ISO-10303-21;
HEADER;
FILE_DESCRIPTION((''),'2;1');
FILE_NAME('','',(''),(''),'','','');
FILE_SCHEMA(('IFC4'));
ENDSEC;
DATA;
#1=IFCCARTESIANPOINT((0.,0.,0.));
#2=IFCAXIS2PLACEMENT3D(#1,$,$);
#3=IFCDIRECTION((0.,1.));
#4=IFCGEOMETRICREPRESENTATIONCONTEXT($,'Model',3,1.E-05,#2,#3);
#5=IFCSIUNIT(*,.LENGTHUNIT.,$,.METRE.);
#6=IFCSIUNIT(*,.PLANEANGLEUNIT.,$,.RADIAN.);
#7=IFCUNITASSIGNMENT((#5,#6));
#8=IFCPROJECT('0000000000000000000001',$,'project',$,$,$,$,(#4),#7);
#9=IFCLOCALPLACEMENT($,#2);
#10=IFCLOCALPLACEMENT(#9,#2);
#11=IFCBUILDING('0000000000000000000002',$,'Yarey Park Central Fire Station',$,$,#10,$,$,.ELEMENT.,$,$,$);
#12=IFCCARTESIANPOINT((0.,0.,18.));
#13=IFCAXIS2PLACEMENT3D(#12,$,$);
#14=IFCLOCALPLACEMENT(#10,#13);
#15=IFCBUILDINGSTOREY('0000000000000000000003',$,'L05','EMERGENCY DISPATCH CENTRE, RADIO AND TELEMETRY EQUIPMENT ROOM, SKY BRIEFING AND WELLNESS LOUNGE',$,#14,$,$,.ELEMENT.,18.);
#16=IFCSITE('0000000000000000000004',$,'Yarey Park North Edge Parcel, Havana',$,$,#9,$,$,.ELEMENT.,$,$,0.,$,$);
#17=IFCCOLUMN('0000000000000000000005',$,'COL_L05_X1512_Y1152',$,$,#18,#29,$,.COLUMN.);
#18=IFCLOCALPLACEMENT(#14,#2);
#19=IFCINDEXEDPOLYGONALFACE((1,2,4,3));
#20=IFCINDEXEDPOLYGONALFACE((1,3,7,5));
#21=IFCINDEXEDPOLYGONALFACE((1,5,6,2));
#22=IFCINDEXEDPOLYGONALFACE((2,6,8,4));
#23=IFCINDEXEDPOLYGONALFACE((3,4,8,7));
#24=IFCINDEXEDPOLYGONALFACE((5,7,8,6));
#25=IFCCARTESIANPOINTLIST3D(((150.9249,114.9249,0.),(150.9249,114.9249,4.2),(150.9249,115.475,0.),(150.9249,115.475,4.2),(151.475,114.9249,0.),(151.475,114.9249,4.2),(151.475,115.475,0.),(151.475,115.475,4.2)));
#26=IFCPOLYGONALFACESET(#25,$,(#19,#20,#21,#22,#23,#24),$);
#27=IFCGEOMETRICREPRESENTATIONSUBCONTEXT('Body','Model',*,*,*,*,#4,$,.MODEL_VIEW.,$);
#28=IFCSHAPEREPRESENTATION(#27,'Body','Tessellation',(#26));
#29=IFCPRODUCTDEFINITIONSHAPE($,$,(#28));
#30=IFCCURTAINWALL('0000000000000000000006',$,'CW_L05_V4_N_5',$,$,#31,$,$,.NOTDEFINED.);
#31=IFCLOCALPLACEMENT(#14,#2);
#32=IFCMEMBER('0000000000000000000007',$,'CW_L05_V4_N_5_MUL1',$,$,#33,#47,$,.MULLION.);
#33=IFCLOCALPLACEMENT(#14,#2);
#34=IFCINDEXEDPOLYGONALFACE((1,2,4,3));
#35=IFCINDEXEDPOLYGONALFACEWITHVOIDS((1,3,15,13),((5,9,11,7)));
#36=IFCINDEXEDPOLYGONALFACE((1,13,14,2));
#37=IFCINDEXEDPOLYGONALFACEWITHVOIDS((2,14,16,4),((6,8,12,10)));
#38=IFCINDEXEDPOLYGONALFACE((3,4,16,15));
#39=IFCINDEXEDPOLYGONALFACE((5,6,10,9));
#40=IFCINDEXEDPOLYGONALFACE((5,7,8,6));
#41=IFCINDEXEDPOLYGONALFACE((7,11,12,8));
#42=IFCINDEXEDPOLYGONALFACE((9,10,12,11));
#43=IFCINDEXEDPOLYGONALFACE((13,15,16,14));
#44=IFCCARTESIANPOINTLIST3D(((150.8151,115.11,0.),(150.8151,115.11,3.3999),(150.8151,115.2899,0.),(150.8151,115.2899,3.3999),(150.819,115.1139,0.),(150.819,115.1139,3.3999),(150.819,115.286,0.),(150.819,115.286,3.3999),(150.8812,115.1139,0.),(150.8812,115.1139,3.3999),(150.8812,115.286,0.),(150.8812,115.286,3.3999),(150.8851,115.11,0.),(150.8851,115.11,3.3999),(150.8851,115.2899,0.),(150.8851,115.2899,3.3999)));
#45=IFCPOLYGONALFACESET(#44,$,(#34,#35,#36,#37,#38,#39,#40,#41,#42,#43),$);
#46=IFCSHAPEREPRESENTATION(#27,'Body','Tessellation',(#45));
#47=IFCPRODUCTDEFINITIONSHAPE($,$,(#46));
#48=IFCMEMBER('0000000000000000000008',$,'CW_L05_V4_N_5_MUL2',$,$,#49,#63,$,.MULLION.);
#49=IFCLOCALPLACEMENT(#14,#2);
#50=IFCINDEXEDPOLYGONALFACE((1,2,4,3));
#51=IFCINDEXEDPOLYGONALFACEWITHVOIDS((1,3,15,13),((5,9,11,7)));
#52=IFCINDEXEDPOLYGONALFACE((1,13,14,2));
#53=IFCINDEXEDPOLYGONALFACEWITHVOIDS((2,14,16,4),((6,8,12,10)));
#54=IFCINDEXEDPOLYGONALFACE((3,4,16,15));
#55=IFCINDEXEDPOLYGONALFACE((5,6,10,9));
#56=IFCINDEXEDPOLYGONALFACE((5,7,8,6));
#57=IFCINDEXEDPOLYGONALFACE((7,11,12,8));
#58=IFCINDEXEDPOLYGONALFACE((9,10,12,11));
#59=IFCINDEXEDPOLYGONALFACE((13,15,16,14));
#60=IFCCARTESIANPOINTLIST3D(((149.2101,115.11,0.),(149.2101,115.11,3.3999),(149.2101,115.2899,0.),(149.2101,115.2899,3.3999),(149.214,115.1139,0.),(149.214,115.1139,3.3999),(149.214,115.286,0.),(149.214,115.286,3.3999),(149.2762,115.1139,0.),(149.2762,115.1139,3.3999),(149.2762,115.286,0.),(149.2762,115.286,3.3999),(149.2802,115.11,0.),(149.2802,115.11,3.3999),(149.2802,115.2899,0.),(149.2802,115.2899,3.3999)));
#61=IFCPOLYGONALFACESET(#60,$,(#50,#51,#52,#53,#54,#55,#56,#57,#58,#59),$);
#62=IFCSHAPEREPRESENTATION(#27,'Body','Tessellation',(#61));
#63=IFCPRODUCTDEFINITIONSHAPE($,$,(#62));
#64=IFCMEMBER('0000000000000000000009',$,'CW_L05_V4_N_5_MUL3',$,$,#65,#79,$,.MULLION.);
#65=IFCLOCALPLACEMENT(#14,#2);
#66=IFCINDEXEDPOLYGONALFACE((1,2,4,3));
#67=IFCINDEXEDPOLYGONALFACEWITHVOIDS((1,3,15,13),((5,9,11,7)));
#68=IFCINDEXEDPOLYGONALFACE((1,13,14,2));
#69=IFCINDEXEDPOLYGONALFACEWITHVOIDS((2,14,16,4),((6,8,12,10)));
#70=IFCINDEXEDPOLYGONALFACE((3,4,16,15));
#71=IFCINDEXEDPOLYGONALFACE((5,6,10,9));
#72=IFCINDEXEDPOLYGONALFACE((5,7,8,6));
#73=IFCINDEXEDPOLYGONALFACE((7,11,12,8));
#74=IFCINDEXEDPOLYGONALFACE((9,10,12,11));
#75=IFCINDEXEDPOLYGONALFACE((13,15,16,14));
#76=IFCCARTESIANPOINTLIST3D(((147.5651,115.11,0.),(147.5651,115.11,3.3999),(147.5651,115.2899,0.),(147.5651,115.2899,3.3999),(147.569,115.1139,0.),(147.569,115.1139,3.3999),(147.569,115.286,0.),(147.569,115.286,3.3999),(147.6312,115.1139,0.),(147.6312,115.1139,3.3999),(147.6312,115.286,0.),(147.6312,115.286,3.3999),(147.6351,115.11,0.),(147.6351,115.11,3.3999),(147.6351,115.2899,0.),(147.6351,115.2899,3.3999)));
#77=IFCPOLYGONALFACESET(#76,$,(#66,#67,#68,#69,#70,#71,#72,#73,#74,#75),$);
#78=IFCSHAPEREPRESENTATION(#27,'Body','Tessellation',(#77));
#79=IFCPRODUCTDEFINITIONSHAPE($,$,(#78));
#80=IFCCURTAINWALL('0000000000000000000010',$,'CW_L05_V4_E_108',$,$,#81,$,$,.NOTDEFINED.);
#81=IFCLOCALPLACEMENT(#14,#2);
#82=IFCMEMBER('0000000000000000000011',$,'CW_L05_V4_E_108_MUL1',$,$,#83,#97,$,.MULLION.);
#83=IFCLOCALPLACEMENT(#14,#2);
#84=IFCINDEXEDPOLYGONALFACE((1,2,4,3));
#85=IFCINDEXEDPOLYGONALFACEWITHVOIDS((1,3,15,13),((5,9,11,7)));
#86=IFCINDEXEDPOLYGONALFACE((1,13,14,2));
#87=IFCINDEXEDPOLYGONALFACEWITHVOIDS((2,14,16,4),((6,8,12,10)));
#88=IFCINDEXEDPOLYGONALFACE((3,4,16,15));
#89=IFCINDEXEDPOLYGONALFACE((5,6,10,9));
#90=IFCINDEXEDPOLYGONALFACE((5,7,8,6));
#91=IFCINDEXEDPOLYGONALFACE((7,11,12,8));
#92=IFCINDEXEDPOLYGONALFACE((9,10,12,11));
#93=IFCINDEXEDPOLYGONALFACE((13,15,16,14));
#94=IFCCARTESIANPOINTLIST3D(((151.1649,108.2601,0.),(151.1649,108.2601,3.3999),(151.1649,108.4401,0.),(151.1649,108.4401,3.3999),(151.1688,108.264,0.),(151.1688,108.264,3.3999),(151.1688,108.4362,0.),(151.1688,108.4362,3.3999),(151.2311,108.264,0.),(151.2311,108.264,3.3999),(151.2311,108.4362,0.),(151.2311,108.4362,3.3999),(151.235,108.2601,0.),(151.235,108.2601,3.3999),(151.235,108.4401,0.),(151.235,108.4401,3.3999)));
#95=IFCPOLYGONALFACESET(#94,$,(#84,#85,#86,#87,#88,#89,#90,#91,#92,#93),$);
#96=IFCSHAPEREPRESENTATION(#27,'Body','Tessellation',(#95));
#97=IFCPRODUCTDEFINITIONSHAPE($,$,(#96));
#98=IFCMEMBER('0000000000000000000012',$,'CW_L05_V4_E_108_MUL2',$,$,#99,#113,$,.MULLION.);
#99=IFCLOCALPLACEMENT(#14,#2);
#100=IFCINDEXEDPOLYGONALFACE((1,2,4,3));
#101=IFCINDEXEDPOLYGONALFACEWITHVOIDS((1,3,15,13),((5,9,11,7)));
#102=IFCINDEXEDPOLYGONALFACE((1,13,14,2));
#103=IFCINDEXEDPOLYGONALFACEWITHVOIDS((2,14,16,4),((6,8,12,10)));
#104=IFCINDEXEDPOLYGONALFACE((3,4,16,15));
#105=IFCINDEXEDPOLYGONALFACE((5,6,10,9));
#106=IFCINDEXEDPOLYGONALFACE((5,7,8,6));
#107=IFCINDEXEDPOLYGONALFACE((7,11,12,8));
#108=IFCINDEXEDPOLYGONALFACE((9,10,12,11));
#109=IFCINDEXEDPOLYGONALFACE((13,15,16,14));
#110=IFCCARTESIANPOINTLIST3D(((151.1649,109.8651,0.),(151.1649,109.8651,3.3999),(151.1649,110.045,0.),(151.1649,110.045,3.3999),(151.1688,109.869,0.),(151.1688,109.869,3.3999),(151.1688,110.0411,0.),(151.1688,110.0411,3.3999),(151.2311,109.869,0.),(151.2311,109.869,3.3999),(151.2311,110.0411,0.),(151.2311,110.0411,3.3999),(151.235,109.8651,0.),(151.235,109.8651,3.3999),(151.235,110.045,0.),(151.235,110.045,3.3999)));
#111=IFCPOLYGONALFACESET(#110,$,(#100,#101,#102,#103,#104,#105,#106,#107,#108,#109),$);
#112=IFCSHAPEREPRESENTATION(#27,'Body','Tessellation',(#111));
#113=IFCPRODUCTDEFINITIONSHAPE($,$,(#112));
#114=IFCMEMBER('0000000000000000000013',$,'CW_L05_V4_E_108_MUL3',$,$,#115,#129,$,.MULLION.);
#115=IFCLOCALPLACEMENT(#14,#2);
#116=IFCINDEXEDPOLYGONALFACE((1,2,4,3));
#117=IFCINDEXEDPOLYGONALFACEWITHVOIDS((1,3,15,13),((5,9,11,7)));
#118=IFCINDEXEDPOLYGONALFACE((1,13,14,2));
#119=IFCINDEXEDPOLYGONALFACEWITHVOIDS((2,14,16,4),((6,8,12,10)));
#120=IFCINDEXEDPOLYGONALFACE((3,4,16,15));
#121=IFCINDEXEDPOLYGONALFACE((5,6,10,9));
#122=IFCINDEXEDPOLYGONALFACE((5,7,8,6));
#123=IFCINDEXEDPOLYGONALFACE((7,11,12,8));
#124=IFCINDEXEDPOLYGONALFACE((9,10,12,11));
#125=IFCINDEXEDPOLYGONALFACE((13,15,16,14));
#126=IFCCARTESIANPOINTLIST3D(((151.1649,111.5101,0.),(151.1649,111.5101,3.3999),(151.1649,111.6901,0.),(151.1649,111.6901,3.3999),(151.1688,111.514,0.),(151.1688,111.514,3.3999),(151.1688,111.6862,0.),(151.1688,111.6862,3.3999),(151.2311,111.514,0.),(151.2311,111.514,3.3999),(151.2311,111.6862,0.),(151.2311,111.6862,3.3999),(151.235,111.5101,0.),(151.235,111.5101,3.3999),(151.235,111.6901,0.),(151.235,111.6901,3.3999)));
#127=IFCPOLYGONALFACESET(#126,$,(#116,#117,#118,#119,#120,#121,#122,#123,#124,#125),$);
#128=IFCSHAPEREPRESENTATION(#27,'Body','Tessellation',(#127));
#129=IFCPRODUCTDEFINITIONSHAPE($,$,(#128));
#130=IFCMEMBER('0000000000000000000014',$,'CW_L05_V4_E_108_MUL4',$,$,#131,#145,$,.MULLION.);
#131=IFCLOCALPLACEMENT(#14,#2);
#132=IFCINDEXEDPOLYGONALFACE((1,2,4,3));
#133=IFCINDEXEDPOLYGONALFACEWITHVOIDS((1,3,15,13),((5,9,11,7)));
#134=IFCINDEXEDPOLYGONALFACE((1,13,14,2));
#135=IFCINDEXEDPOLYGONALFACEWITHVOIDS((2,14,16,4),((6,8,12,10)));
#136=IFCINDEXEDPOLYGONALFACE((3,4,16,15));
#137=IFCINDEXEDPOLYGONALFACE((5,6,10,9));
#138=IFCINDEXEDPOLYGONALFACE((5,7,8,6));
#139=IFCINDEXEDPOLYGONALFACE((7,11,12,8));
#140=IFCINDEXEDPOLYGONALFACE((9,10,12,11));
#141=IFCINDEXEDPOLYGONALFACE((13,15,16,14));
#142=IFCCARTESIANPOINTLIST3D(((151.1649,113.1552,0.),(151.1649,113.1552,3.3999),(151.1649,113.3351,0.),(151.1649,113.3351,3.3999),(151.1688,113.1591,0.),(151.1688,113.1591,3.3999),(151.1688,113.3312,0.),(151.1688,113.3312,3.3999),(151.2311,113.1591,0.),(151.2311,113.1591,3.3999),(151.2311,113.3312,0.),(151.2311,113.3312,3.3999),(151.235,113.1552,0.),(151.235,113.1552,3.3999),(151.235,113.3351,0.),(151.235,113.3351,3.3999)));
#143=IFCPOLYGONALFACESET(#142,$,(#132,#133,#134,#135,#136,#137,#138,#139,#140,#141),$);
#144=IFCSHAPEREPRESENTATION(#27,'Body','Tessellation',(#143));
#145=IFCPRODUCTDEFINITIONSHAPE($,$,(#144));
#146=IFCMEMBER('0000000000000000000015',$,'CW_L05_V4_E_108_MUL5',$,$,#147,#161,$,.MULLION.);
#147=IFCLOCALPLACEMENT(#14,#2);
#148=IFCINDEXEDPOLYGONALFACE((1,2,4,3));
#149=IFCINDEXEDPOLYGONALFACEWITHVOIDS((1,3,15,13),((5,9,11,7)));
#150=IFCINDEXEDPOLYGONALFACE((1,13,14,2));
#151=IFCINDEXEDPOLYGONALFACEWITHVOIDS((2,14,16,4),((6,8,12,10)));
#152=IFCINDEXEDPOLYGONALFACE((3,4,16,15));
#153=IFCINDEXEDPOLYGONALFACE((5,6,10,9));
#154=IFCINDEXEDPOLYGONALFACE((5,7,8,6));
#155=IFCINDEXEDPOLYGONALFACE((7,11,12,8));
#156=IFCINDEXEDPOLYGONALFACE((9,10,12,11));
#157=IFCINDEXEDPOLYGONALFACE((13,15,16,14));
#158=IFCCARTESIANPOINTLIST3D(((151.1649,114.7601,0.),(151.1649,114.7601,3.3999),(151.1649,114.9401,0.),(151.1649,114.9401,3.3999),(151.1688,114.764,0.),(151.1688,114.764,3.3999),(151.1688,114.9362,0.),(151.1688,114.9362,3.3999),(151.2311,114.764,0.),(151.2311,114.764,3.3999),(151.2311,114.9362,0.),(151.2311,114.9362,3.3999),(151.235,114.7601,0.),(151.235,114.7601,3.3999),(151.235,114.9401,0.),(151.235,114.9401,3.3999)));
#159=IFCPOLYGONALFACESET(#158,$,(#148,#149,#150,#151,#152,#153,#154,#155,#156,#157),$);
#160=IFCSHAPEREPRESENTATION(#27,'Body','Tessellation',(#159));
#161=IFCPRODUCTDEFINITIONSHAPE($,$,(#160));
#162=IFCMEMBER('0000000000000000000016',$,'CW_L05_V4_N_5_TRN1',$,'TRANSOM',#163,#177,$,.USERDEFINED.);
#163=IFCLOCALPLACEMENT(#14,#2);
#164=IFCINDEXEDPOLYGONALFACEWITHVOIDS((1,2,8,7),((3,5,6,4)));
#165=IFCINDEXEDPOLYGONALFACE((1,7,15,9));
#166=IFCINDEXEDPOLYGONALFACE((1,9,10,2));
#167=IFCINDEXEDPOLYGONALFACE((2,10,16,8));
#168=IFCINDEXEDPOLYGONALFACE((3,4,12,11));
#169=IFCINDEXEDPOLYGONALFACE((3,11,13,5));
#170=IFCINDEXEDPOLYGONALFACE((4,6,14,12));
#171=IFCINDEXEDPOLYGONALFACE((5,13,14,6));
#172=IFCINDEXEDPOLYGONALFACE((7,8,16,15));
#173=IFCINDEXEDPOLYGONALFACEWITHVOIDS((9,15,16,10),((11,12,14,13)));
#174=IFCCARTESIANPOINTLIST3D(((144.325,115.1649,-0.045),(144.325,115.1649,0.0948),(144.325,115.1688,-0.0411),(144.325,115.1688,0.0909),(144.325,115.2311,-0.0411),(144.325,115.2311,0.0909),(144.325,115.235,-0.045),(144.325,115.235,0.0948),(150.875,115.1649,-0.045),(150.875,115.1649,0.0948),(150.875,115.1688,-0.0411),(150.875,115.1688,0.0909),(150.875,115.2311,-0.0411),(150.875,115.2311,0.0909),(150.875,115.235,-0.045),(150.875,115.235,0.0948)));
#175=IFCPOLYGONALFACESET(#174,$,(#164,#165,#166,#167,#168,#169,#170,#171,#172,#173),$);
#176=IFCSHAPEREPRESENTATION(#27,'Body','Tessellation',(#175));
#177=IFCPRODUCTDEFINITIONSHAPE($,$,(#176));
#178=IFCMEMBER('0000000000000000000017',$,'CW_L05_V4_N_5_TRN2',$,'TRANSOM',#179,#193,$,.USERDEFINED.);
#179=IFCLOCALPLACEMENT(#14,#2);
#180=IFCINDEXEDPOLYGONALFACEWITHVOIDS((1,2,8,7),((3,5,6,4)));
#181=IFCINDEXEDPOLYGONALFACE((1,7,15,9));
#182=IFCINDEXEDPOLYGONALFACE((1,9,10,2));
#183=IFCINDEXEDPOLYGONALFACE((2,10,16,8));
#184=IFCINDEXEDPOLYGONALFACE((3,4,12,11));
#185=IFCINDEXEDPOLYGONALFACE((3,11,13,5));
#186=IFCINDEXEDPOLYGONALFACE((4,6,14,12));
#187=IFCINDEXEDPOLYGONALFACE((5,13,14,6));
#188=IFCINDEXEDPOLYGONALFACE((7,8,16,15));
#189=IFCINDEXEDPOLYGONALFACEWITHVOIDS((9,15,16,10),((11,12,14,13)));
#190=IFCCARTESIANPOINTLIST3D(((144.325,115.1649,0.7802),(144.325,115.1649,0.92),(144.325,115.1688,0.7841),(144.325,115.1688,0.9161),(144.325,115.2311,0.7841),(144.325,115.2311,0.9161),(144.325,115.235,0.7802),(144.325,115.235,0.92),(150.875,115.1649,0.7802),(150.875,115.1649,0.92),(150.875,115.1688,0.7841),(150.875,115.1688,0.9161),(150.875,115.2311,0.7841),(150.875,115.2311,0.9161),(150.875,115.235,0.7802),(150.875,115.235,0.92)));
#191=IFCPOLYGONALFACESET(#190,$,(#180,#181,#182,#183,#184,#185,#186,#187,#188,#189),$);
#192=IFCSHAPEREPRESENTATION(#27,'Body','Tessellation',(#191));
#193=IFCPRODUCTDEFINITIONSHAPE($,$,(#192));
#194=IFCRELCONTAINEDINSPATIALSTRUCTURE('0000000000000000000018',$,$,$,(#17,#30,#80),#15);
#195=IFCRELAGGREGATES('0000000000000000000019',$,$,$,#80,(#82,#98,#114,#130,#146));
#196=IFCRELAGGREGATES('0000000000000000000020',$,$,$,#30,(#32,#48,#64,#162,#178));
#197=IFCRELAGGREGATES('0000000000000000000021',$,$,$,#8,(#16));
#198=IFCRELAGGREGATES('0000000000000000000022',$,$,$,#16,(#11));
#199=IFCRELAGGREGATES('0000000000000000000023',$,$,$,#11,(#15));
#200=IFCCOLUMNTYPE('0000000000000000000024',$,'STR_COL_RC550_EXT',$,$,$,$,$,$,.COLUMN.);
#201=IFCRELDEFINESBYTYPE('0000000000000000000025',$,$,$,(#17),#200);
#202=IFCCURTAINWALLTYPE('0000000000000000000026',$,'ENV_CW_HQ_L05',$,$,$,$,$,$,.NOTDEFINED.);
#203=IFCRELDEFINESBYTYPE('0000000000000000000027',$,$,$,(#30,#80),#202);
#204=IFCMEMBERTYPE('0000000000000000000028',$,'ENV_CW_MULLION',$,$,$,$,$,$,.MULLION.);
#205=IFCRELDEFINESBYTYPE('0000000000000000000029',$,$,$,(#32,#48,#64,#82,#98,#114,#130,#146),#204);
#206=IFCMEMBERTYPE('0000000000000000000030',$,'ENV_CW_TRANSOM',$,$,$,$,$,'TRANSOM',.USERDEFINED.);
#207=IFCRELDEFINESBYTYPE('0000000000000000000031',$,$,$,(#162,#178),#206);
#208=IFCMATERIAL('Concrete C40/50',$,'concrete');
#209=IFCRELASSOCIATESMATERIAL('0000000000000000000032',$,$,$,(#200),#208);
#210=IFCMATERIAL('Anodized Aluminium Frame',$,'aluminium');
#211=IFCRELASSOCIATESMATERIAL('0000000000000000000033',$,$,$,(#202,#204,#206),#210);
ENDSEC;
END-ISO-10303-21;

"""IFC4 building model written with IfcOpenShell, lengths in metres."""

from ifc_helpers import new_model, si_unit, direction, frame, origin, origin_2d, place, context, subcontext, project, spatial, rectangle, hollow_rectangle, extrude, material, material_profile, profile_set, type_object, element, aggregate, save


model = new_model("IFC4")

# Units and contexts
model_context = context("Model", 3, precision=1e-05, world=origin(), true_north=direction((0.0, 1.0)))
body_context = subcontext(model_context, "Body", "Model", "MODEL_VIEW")
ifc_project = project(units=[si_unit("LENGTHUNIT", "METRE"), si_unit("PLANEANGLEUNIT", "RADIAN")], contexts=[model_context])

# Site, building, storey
site_placement = place(None, origin())
site = spatial("IfcSite", under=ifc_project, at=site_placement, Name="Yarey Park North Edge Parcel, Havana", CompositionType="ELEMENT", RefElevation=0.0)
building_placement = place(site_placement, origin())
building = spatial("IfcBuilding", under=site, at=building_placement, Name="Yarey Park Central Fire Station", CompositionType="ELEMENT")
storey_placement = place(building_placement, frame((0.0, 0.0, 18.0)))
storey = spatial("IfcBuildingStorey", under=building, at=storey_placement, Name="L05", Description="EMERGENCY DISPATCH CENTRE, RADIO AND TELEMETRY EQUIPMENT ROOM, SKY BRIEFING AND WELLNESS LOUNGE", CompositionType="ELEMENT", Elevation=18.0)

# Column
ifc_material_1 = material(Name="Concrete C40/50", Category="concrete")
ifc_material_profile_1 = material_profile(ifc_material_1, rectangle(XDim=0.55, YDim=0.55, at=origin_2d()), Name="RC 550x550")
ifc_profile_set_1 = profile_set([ifc_material_profile_1], Name="Concrete C40/50")
column_type = type_object("IfcColumnType", Name="STR_COL_RC550_EXT", PredefinedType="COLUMN", material=ifc_profile_set_1)
column_placement = place(storey_placement, frame((151.2, 115.2, 0.0), z_axis=(0.0, 0.0, 1.0), x_axis=(1.0, 0.0, 0.0)))
element("IfcColumn", 1, at=column_placement, inside=storey, type_object=column_type, Name="COL_L05_X1512_Y1152", PredefinedType="COLUMN", context=body_context, shape_type="SweptSolid", body=[
    extrude(rectangle(XDim=0.55, YDim=0.55, at=origin_2d()), origin(), (0.0, 0.0, 1.0), 4.2),
])

# Curtain walls, members
ifc_material_2 = material(Name="Anodized Aluminium Frame", Category="aluminium")
curtain_wall_type = type_object("IfcCurtainWallType", Name="ENV_CW_HQ_L05", PredefinedType="NOTDEFINED", material=ifc_material_2)
curtain_wall_1_placement = place(storey_placement, origin())
curtain_wall_1 = element("IfcCurtainWall", 2, at=curtain_wall_1_placement, inside=storey, type_object=curtain_wall_type, Name="CW_L05_V4_N_5", PredefinedType="NOTDEFINED")
ifc_material_profile_2 = material_profile(ifc_material_2, hollow_rectangle(XDim=0.0701, YDim=0.1799, WallThickness=0.0039, at=origin_2d()), Name="ALU 180x70x4")
ifc_profile_set_2 = profile_set([ifc_material_profile_2], Name="Anodized Aluminium Frame")
member_type_1 = type_object("IfcMemberType", Name="ENV_CW_MULLION", PredefinedType="MULLION", material=ifc_profile_set_2)
member_1_placement = place(storey_placement, frame((150.8501, 115.2, 0.0), z_axis=(0.0, 0.0, 1.0), x_axis=(1.0, 0.0, 0.0)))
member_1 = element("IfcMember", 3, at=member_1_placement, type_object=member_type_1, Name="CW_L05_V4_N_5_MUL1", PredefinedType="MULLION", context=body_context, shape_type="SweptSolid", body=[
    extrude(hollow_rectangle(XDim=0.0701, YDim=0.1799, WallThickness=0.0039, at=origin_2d()), origin(), (0.0, 0.0, 1.0), 3.3999),
])
member_2_placement = place(storey_placement, frame((149.2451, 115.2, 0.0), z_axis=(0.0, 0.0, 1.0), x_axis=(1.0, 0.0, 0.0)))
member_2 = element("IfcMember", 4, at=member_2_placement, type_object=member_type_1, Name="CW_L05_V4_N_5_MUL2", PredefinedType="MULLION", context=body_context, shape_type="SweptSolid", body=[
    extrude(hollow_rectangle(XDim=0.0701, YDim=0.1799, WallThickness=0.0039, at=origin_2d()), origin(), (0.0, 0.0, 1.0), 3.3999),
])
member_3_placement = place(storey_placement, frame((147.6001, 115.2, 0.0), z_axis=(0.0, 0.0, 1.0), x_axis=(1.0, 0.0, 0.0)))
member_3 = element("IfcMember", 5, at=member_3_placement, type_object=member_type_1, Name="CW_L05_V4_N_5_MUL3", PredefinedType="MULLION", context=body_context, shape_type="SweptSolid", body=[
    extrude(hollow_rectangle(XDim=0.0701, YDim=0.1799, WallThickness=0.0039, at=origin_2d()), origin(), (0.0, 0.0, 1.0), 3.3999),
])
curtain_wall_2_placement = place(storey_placement, origin())
curtain_wall_2 = element("IfcCurtainWall", 6, at=curtain_wall_2_placement, inside=storey, type_object=curtain_wall_type, Name="CW_L05_V4_E_108", PredefinedType="NOTDEFINED")
member_4_placement = place(storey_placement, frame((151.2, 108.3501, 0.0), z_axis=(0.0, 0.0, 1.0), x_axis=(1.0, 0.0, 0.0)))
member_4 = element("IfcMember", 7, at=member_4_placement, type_object=member_type_1, Name="CW_L05_V4_E_108_MUL1", PredefinedType="MULLION", context=body_context, shape_type="SweptSolid", body=[
    extrude(hollow_rectangle(XDim=0.0701, YDim=0.1799, WallThickness=0.0039, at=origin_2d()), origin(), (0.0, 0.0, 1.0), 3.3999),
])
member_5_placement = place(storey_placement, frame((151.2, 109.9551, 0.0), z_axis=(0.0, 0.0, 1.0), x_axis=(1.0, 0.0, 0.0)))
member_5 = element("IfcMember", 8, at=member_5_placement, type_object=member_type_1, Name="CW_L05_V4_E_108_MUL2", PredefinedType="MULLION", context=body_context, shape_type="SweptSolid", body=[
    extrude(hollow_rectangle(XDim=0.0701, YDim=0.1799, WallThickness=0.0039, at=origin_2d()), origin(), (0.0, 0.0, 1.0), 3.3999),
])
member_6_placement = place(storey_placement, frame((151.2, 111.6001, 0.0), z_axis=(0.0, 0.0, 1.0), x_axis=(1.0, 0.0, 0.0)))
member_6 = element("IfcMember", 9, at=member_6_placement, type_object=member_type_1, Name="CW_L05_V4_E_108_MUL3", PredefinedType="MULLION", context=body_context, shape_type="SweptSolid", body=[
    extrude(hollow_rectangle(XDim=0.0701, YDim=0.1799, WallThickness=0.0039, at=origin_2d()), origin(), (0.0, 0.0, 1.0), 3.3999),
])
member_7_placement = place(storey_placement, frame((151.2, 113.2451, 0.0), z_axis=(0.0, 0.0, 1.0), x_axis=(1.0, 0.0, 0.0)))
member_7 = element("IfcMember", 10, at=member_7_placement, type_object=member_type_1, Name="CW_L05_V4_E_108_MUL4", PredefinedType="MULLION", context=body_context, shape_type="SweptSolid", body=[
    extrude(hollow_rectangle(XDim=0.0701, YDim=0.1799, WallThickness=0.0039, at=origin_2d()), origin(), (0.0, 0.0, 1.0), 3.3999),
])
member_8_placement = place(storey_placement, frame((151.2, 114.8501, 0.0), z_axis=(0.0, 0.0, 1.0), x_axis=(1.0, 0.0, 0.0)))
member_8 = element("IfcMember", 11, at=member_8_placement, type_object=member_type_1, Name="CW_L05_V4_E_108_MUL5", PredefinedType="MULLION", context=body_context, shape_type="SweptSolid", body=[
    extrude(hollow_rectangle(XDim=0.0701, YDim=0.1799, WallThickness=0.0039, at=origin_2d()), origin(), (0.0, 0.0, 1.0), 3.3999),
])

# Members
ifc_material_profile_3 = material_profile(ifc_material_2, hollow_rectangle(XDim=0.0701, YDim=0.1399, WallThickness=0.0039, at=origin_2d()), Name="ALU 140x70x4")
ifc_profile_set_3 = profile_set([ifc_material_profile_3], Name="Anodized Aluminium Frame")
member_type_2 = type_object("IfcMemberType", Name="ENV_CW_TRANSOM", ElementType="TRANSOM", PredefinedType="USERDEFINED", material=ifc_profile_set_3)
member_9_placement = place(storey_placement, frame((150.875, 115.2, 0.0249), z_axis=(-1.0, 0.0, 0.0), x_axis=(0.0, -1.0, 0.0)))
member_9 = element("IfcMember", 12, at=member_9_placement, type_object=member_type_2, Name="CW_L05_V4_N_5_TRN1", ObjectType="TRANSOM", PredefinedType="USERDEFINED", context=body_context, shape_type="SweptSolid", body=[
    extrude(hollow_rectangle(XDim=0.0701, YDim=0.1399, WallThickness=0.0039, at=origin_2d()), origin(), (0.0, 0.0, 1.0), 6.55),
])
member_10_placement = place(storey_placement, frame((150.875, 115.2, 0.8501), z_axis=(-1.0, 0.0, 0.0), x_axis=(0.0, -1.0, 0.0)))
member_10 = element("IfcMember", 13, at=member_10_placement, type_object=member_type_2, Name="CW_L05_V4_N_5_TRN2", ObjectType="TRANSOM", PredefinedType="USERDEFINED", context=body_context, shape_type="SweptSolid", body=[
    extrude(hollow_rectangle(XDim=0.0701, YDim=0.1399, WallThickness=0.0039, at=origin_2d()), origin(), (0.0, 0.0, 1.0), 6.55),
])

aggregate(curtain_wall_2, [member_4, member_5, member_6, member_7, member_8])
aggregate(curtain_wall_1, [member_1, member_2, member_3, member_9, member_10])

save(model, "model.ifc")
